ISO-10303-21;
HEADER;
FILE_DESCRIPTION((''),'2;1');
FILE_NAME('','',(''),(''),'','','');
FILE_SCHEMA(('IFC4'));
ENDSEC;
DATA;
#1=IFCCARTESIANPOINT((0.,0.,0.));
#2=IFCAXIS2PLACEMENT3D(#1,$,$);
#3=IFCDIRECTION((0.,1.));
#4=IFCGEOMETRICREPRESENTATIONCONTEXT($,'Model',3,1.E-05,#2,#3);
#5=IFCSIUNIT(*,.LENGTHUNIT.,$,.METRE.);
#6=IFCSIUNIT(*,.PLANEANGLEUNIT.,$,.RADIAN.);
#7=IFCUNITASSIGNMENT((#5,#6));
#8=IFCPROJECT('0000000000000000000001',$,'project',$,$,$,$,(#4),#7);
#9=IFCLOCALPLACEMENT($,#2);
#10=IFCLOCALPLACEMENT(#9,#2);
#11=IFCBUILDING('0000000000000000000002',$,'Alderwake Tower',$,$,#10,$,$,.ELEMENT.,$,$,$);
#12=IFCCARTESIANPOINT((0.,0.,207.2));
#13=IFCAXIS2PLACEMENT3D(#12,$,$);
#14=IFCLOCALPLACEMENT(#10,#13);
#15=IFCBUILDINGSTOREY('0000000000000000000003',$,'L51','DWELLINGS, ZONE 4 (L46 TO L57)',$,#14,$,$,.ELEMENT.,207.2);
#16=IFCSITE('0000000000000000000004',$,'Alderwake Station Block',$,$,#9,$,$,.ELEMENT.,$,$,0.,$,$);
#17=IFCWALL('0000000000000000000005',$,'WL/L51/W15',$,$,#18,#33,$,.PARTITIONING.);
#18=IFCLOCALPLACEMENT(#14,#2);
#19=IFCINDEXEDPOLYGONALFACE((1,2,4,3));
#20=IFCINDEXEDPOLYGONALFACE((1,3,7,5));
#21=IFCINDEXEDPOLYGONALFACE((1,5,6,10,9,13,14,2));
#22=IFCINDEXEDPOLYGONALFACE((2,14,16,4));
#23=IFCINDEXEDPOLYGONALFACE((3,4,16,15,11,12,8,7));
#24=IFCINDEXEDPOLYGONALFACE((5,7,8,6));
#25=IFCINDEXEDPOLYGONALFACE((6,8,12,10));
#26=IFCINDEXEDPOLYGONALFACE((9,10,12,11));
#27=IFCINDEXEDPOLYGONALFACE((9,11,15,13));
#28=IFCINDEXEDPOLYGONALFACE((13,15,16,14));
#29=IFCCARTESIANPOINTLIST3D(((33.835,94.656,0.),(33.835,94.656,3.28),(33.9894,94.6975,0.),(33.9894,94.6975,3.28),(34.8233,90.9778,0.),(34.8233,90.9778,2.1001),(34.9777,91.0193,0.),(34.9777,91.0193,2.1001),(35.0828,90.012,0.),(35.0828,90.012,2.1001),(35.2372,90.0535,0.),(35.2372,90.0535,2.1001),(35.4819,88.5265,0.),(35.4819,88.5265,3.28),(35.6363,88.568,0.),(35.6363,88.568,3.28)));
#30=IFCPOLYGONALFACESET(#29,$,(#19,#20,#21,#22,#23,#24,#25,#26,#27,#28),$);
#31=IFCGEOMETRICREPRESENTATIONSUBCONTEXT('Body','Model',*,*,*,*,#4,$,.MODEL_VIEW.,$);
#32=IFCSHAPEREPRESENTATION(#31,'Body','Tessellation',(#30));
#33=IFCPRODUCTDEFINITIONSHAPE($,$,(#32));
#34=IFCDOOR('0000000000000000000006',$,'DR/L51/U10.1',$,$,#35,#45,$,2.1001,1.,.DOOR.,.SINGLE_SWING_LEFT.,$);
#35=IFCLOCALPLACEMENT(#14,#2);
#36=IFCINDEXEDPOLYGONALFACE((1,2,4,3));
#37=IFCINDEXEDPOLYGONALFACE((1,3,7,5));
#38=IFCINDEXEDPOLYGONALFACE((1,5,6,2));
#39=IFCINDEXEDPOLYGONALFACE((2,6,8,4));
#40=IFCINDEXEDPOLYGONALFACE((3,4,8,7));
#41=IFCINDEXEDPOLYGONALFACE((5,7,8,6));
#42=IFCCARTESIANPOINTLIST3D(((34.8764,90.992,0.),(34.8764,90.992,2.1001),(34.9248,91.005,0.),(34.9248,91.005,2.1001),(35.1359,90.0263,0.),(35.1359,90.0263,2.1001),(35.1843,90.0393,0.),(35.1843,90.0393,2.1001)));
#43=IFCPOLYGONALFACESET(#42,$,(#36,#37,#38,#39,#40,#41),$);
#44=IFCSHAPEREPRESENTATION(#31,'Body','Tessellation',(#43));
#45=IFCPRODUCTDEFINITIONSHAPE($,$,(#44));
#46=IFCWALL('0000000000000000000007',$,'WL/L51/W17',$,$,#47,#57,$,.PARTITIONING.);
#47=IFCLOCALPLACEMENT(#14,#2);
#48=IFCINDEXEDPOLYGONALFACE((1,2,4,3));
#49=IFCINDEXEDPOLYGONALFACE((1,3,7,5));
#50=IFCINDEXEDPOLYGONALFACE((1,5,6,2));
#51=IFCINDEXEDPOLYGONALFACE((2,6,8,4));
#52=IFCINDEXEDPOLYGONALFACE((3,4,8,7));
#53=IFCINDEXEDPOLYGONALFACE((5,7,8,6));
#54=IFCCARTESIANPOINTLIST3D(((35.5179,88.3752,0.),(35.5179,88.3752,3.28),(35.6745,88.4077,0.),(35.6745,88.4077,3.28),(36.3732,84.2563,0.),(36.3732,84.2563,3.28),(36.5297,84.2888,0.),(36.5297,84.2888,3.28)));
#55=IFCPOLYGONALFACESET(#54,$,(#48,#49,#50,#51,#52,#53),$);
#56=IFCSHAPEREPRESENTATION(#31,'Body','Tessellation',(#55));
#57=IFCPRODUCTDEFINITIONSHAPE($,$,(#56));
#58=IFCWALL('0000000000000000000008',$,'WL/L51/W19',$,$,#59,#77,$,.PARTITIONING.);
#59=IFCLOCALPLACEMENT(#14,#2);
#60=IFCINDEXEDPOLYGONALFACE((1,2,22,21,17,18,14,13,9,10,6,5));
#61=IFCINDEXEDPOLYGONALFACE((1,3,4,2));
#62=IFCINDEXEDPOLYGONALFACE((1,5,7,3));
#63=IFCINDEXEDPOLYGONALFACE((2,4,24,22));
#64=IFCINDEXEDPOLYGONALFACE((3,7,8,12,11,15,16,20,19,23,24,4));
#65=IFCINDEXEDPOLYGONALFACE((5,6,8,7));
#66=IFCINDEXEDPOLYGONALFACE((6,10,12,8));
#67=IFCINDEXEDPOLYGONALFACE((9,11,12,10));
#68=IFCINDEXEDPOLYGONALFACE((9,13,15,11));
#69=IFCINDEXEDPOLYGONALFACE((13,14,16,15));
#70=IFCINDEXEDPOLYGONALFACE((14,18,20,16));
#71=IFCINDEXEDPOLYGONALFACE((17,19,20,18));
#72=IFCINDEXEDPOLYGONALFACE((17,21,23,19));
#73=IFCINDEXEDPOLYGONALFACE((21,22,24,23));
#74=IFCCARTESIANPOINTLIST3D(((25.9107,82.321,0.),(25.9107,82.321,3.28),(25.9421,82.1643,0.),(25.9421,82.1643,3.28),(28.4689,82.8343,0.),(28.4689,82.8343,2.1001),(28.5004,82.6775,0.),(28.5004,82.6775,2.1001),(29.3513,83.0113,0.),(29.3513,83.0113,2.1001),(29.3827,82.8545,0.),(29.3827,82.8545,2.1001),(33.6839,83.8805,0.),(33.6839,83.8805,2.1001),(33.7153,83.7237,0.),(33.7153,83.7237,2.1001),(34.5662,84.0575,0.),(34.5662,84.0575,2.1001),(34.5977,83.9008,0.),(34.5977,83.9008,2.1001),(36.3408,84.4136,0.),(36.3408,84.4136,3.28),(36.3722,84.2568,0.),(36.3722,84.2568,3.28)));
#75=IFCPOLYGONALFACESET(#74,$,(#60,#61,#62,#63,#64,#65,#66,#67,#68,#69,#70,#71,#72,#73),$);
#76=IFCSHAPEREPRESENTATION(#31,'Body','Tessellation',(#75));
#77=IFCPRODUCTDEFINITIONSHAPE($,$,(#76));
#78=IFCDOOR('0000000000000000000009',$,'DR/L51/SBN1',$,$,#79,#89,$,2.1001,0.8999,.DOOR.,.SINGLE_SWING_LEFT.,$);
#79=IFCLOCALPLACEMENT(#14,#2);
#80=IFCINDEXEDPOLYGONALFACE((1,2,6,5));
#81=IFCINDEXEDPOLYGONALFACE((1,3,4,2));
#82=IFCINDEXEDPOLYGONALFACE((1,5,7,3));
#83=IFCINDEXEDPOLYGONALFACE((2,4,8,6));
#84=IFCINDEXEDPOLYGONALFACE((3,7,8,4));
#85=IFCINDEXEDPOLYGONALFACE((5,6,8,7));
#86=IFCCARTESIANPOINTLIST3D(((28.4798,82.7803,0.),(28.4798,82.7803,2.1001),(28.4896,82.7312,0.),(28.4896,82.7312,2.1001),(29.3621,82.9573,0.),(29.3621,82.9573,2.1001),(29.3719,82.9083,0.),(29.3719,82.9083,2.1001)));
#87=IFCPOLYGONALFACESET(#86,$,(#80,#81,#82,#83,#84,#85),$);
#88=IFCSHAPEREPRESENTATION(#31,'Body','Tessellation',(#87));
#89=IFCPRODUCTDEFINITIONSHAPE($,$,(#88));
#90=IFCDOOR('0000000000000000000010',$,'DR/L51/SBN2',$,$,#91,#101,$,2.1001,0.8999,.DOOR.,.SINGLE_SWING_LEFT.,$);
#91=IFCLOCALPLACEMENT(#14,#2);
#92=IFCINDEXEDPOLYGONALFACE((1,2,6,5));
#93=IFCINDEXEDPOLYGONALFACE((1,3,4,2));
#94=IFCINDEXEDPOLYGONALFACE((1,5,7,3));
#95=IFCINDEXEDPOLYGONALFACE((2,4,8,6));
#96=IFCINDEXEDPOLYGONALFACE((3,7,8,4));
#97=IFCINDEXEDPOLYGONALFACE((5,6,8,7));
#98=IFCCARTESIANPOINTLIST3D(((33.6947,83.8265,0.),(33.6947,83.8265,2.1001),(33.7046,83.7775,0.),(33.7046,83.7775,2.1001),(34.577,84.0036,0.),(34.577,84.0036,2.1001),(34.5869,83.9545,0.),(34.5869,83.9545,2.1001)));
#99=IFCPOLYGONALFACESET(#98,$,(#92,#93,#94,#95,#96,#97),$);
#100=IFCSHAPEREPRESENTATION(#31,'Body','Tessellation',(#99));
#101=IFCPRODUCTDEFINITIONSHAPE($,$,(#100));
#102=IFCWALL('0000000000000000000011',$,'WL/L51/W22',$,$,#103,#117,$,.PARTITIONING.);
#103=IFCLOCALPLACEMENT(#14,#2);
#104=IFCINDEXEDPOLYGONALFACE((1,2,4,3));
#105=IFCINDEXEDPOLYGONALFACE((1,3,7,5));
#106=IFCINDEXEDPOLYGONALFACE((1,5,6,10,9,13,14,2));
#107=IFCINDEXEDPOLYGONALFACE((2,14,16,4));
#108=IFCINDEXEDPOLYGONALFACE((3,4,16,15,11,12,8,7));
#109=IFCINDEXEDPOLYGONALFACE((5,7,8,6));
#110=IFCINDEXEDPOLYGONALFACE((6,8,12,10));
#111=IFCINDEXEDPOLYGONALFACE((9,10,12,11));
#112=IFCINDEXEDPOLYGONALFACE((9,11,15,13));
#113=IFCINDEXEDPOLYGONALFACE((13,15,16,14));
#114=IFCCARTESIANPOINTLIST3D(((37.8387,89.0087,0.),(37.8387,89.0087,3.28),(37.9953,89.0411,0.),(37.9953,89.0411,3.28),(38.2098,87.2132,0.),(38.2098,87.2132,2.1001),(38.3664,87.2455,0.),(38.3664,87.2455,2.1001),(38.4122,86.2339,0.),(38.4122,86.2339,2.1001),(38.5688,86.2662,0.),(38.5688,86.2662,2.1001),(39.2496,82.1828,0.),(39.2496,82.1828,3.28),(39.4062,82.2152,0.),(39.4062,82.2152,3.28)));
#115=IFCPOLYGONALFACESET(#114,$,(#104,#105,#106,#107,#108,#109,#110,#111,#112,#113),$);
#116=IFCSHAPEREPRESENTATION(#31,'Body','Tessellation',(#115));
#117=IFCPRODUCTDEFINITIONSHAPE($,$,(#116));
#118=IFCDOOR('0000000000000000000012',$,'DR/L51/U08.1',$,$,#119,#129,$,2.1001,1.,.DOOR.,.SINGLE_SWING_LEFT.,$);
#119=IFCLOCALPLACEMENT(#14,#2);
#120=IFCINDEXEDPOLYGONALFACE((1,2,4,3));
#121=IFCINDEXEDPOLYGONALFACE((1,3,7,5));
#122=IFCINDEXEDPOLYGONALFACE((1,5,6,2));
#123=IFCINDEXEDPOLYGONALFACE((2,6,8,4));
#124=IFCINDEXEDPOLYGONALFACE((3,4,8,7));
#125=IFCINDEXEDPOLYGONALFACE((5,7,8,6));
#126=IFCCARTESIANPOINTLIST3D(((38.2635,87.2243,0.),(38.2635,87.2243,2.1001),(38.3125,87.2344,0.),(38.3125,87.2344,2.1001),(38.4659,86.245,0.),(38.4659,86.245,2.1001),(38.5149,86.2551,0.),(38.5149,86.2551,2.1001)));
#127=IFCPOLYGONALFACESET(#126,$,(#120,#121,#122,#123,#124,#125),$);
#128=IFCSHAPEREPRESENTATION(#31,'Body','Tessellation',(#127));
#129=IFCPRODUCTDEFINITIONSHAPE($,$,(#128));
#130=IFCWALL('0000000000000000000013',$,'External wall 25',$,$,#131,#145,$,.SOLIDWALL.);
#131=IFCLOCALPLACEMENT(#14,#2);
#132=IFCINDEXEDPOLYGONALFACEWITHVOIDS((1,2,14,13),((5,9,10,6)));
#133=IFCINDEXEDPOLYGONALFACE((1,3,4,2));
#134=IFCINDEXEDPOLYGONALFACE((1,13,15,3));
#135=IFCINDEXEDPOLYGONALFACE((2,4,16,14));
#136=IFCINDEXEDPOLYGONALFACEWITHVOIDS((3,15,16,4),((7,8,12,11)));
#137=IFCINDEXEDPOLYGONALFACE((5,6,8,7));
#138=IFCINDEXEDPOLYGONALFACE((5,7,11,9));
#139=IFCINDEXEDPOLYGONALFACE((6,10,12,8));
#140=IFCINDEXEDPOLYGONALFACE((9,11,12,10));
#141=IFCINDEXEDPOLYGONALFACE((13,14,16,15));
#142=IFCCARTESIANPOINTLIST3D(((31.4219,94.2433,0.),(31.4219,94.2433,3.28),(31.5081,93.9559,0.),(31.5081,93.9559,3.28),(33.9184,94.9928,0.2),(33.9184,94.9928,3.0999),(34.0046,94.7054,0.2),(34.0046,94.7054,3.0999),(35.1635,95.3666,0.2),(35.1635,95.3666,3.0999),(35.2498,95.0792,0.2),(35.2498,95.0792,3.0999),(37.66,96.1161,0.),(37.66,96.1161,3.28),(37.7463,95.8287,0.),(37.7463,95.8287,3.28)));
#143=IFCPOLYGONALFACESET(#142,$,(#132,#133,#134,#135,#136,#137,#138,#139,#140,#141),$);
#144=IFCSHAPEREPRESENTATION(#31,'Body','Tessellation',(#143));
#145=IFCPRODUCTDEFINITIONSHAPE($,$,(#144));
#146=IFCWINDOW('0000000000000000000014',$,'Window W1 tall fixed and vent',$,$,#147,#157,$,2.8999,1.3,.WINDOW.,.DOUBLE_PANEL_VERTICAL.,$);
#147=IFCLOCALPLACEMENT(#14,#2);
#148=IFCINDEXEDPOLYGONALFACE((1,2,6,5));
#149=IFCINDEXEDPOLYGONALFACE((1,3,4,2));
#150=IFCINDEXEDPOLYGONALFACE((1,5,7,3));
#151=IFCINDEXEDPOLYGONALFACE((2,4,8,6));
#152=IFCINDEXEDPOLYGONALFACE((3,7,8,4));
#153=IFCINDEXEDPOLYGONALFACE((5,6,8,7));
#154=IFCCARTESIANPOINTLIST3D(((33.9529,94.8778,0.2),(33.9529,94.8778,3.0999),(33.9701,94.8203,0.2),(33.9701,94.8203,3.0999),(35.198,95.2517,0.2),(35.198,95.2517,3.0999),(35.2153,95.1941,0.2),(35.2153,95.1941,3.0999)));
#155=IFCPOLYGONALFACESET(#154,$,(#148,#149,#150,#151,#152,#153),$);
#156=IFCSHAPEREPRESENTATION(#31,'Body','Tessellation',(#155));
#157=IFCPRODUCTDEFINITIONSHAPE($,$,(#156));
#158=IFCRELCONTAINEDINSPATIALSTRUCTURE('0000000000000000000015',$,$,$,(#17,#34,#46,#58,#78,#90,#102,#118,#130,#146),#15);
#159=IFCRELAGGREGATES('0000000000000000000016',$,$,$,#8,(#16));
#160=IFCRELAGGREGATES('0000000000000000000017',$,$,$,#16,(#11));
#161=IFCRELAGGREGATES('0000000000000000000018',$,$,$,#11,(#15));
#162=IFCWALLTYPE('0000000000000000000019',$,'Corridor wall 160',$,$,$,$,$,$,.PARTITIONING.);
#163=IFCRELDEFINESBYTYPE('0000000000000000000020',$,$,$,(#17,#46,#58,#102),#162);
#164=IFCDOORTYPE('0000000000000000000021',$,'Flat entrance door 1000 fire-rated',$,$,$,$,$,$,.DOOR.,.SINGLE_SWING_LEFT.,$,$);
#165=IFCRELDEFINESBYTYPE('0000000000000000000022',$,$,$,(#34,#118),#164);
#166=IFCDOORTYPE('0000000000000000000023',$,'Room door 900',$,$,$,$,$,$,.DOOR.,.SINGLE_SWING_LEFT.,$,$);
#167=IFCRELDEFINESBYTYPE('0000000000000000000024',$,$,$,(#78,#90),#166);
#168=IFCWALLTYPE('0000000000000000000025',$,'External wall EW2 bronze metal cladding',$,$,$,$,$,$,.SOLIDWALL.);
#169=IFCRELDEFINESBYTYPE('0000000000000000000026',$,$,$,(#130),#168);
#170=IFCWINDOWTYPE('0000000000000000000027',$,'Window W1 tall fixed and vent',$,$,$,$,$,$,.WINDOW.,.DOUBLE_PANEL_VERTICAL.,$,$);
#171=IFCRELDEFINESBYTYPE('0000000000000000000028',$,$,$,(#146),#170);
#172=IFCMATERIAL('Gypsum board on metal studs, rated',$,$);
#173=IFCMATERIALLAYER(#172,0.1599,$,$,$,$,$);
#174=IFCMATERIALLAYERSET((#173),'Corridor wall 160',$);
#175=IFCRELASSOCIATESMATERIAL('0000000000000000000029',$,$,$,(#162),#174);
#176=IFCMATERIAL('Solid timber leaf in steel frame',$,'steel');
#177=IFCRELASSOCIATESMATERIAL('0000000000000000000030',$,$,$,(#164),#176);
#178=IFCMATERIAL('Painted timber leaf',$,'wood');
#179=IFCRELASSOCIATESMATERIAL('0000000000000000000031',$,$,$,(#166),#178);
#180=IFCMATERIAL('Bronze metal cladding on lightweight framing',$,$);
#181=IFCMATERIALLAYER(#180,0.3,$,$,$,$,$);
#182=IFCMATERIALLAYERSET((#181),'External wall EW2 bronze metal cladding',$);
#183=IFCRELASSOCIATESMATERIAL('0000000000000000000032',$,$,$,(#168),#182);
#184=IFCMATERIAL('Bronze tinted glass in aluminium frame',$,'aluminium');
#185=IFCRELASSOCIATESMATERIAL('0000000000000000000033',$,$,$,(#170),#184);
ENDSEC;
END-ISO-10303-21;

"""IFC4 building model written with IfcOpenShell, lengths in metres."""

from ifc_helpers import new_model, si_unit, direction, frame, frame_2d, origin, place, context, subcontext, project, spatial, rectangle, extrude, material, layer, layer_set, type_object, element, fill, save


model = new_model("IFC4")

# Units and contexts
model_context = context("Model", 3, precision=1e-05, world=origin(), true_north=direction((0.0, 1.0)))
body_context = subcontext(model_context, "Body", "Model", "MODEL_VIEW")
ifc_project = project(units=[si_unit("LENGTHUNIT", "METRE"), si_unit("PLANEANGLEUNIT", "RADIAN")], contexts=[model_context])

# Site, building, storey
site_placement = place(None, origin())
site = spatial("IfcSite", under=ifc_project, at=site_placement, Name="Alderwake Station Block", CompositionType="ELEMENT", RefElevation=0.0)
building_placement = place(site_placement, origin())
building = spatial("IfcBuilding", under=site, at=building_placement, Name="Alderwake Tower", CompositionType="ELEMENT")
storey_placement = place(building_placement, frame((0.0, 0.0, 207.2)))
storey = spatial("IfcBuildingStorey", under=building, at=storey_placement, Name="L51", Description="DWELLINGS, ZONE 4 (L46 TO L57)", CompositionType="ELEMENT", Elevation=207.2)

# Shared definitions
ifc_material_1 = material(Name="Gypsum board on metal studs, rated")
ifc_layer_1 = layer(ifc_material_1, 0.1599)
ifc_layer_set_1 = layer_set([ifc_layer_1], Name="Corridor wall 160")
wall_type_1 = type_object("IfcWallType", Name="Corridor wall 160", PredefinedType="PARTITIONING", material=ifc_layer_set_1)

# Wall, opening, door
wall_1_placement = place(storey_placement, frame((35.5591, 88.5474, 0.0), z_axis=(0.0, 0.0, 1.0), x_axis=(-0.259486, 0.965747, 0.0)))
wall_1 = element("IfcWall", 1, at=wall_1_placement, inside=storey, type_object=wall_type_1, Name="WL/L51/W15", PredefinedType="PARTITIONING", context=body_context, shape_type="SweptSolid", body=[
    extrude(rectangle(XDim=6.3469, YDim=0.1599, at=frame_2d((3.1733, 0.0))), origin(), (0.0, 0.0, 1.0), 3.28),
])
opening_1_placement = place(wall_1_placement, frame((1.5381, 0.0, 0.0)))
opening_1 = element("IfcOpeningElement", 2, at=opening_1_placement, cuts=wall_1, PredefinedType="OPENING", context=body_context, shape_type="SweptSolid", body=[
    extrude(rectangle(XDim=1.0, YDim=2.1001, at=frame_2d((0.5, 1.05))), frame((0.0, 0.0898, 0.0), z_axis=(0.0, -1.0, 0.0), x_axis=(1.0, 0.0, 0.0)), (0.0, 0.0, 1.0), 0.1799),
])
ifc_material_2 = material(Name="Solid timber leaf in steel frame", Category="steel")
door_type_1 = type_object("IfcDoorType", Name="Flat entrance door 1000 fire-rated", OperationType="SINGLE_SWING_LEFT", PredefinedType="DOOR", material=ifc_material_2)
door_1_placement = place(opening_1_placement, origin())
door_1 = element("IfcDoor", 3, at=door_1_placement, inside=storey, type_object=door_type_1, Name="DR/L51/U10.1", OperationType="SINGLE_SWING_LEFT", OverallHeight=2.1001, OverallWidth=1.0, PredefinedType="DOOR", context=body_context, shape_type="SweptSolid", body=[
    extrude(rectangle(XDim=1.0, YDim=2.1001, at=frame_2d((0.5, 1.05))), frame((0.0, 0.0249, 0.0), z_axis=(0.0, -1.0, 0.0), x_axis=(1.0, 0.0, 0.0)), (0.0, 0.0, 1.0), 0.05),
])
fill(opening_1, door_1)

# Wall
wall_2_placement = place(storey_placement, frame((35.5962, 88.3916, 0.0), z_axis=(0.0, 0.0, 1.0), x_axis=(0.203298, -0.979117, 0.0)))
element("IfcWall", 4, at=wall_2_placement, inside=storey, type_object=wall_type_1, Name="WL/L51/W17", PredefinedType="PARTITIONING", context=body_context, shape_type="SweptSolid", body=[
    extrude(rectangle(XDim=4.2068, YDim=0.1599, at=frame_2d((2.1035, 0.0))), origin(), (0.0, 0.0, 1.0), 3.28),
])

# Wall, openings, doors
wall_3_placement = place(storey_placement, frame((25.9265, 82.2427, 0.0), z_axis=(0.0, 0.0, 1.0), x_axis=(0.980463, 0.196703, 0.0)))
wall_3 = element("IfcWall", 5, at=wall_3_placement, inside=storey, type_object=wall_type_1, Name="WL/L51/W19", PredefinedType="PARTITIONING", context=body_context, shape_type="SweptSolid", body=[
    extrude(rectangle(XDim=10.6379, YDim=0.1599, at=frame_2d((5.3188, 0.0))), origin(), (0.0, 0.0, 1.0), 3.28),
])
opening_2_placement = place(wall_3_placement, frame((2.6091, 0.0, 0.0)))
opening_2 = element("IfcOpeningElement", 6, at=opening_2_placement, cuts=wall_3, PredefinedType="OPENING", context=body_context, shape_type="SweptSolid", body=[
    extrude(rectangle(XDim=0.8999, YDim=2.1001, at=frame_2d((0.45, 1.05))), frame((0.0, 0.0898, 0.0), z_axis=(0.0, -1.0, 0.0), x_axis=(1.0, 0.0, 0.0)), (0.0, 0.0, 1.0), 0.1799),
])
opening_3_placement = place(wall_3_placement, frame((7.928, 0.0, 0.0)))
opening_3 = element("IfcOpeningElement", 7, at=opening_3_placement, cuts=wall_3, PredefinedType="OPENING", context=body_context, shape_type="SweptSolid", body=[
    extrude(rectangle(XDim=0.8999, YDim=2.1001, at=frame_2d((0.45, 1.05))), frame((0.0, 0.0898, 0.0), z_axis=(0.0, -1.0, 0.0), x_axis=(1.0, 0.0, 0.0)), (0.0, 0.0, 1.0), 0.1799),
])
ifc_material_3 = material(Name="Painted timber leaf", Category="wood")
door_type_2 = type_object("IfcDoorType", Name="Room door 900", OperationType="SINGLE_SWING_LEFT", PredefinedType="DOOR", material=ifc_material_3)
door_2_placement = place(opening_2_placement, origin())
door_2 = element("IfcDoor", 8, at=door_2_placement, inside=storey, type_object=door_type_2, Name="DR/L51/SBN1", OperationType="SINGLE_SWING_LEFT", OverallHeight=2.1001, OverallWidth=0.8999, PredefinedType="DOOR", context=body_context, shape_type="SweptSolid", body=[
    extrude(rectangle(XDim=0.8999, YDim=2.1001, at=frame_2d((0.45, 1.05))), frame((0.0, 0.0249, 0.0), z_axis=(0.0, -1.0, 0.0), x_axis=(1.0, 0.0, 0.0)), (0.0, 0.0, 1.0), 0.05),
])
fill(opening_2, door_2)
door_3_placement = place(opening_3_placement, origin())
door_3 = element("IfcDoor", 9, at=door_3_placement, inside=storey, type_object=door_type_2, Name="DR/L51/SBN2", OperationType="SINGLE_SWING_LEFT", OverallHeight=2.1001, OverallWidth=0.8999, PredefinedType="DOOR", context=body_context, shape_type="SweptSolid", body=[
    extrude(rectangle(XDim=0.8999, YDim=2.1001, at=frame_2d((0.45, 1.05))), frame((0.0, 0.0249, 0.0), z_axis=(0.0, -1.0, 0.0), x_axis=(1.0, 0.0, 0.0)), (0.0, 0.0, 1.0), 0.05),
])
fill(opening_3, door_3)

# Wall, opening, door
wall_4_placement = place(storey_placement, frame((37.917, 89.0249, 0.0), z_axis=(0.0, 0.0, 1.0), x_axis=(0.202417, -0.979299, 0.0)))
wall_4 = element("IfcWall", 10, at=wall_4_placement, inside=storey, type_object=wall_type_1, Name="WL/L51/W22", PredefinedType="PARTITIONING", context=body_context, shape_type="SweptSolid", body=[
    extrude(rectangle(XDim=6.9702, YDim=0.1599, at=frame_2d((3.4851, 0.0))), origin(), (0.0, 0.0, 1.0), 3.28),
])
opening_4_placement = place(wall_4_placement, frame((1.8335, 0.0, 0.0)))
opening_4 = element("IfcOpeningElement", 11, at=opening_4_placement, cuts=wall_4, PredefinedType="OPENING", context=body_context, shape_type="SweptSolid", body=[
    extrude(rectangle(XDim=1.0, YDim=2.1001, at=frame_2d((0.5, 1.05))), frame((0.0, 0.0898, 0.0), z_axis=(0.0, -1.0, 0.0), x_axis=(1.0, 0.0, 0.0)), (0.0, 0.0, 1.0), 0.1799),
])
door_4_placement = place(opening_4_placement, origin())
door_4 = element("IfcDoor", 12, at=door_4_placement, inside=storey, type_object=door_type_1, Name="DR/L51/U08.1", OperationType="SINGLE_SWING_LEFT", OverallHeight=2.1001, OverallWidth=1.0, PredefinedType="DOOR", context=body_context, shape_type="SweptSolid", body=[
    extrude(rectangle(XDim=1.0, YDim=2.1001, at=frame_2d((0.5, 1.05))), frame((0.0, 0.0249, 0.0), z_axis=(0.0, -1.0, 0.0), x_axis=(1.0, 0.0, 0.0)), (0.0, 0.0, 1.0), 0.05),
])
fill(opening_4, door_4)

# Wall, opening, window
ifc_material_4 = material(Name="Bronze metal cladding on lightweight framing")
ifc_layer_2 = layer(ifc_material_4, 0.3)
ifc_layer_set_2 = layer_set([ifc_layer_2], Name="External wall EW2 bronze metal cladding")
wall_type_2 = type_object("IfcWallType", Name="External wall EW2 bronze metal cladding", PredefinedType="SOLIDWALL", material=ifc_layer_set_2)
wall_5_placement = place(storey_placement, frame((37.7031, 95.9724, 0.0), z_axis=(0.0, 0.0, 1.0), x_axis=(-0.957767, -0.287544, 0.0)))
wall_5 = element("IfcWall", 13, at=wall_5_placement, inside=storey, type_object=wall_type_2, Name="External wall 25", PredefinedType="SOLIDWALL", context=body_context, shape_type="SweptSolid", body=[
    extrude(rectangle(XDim=6.5132, YDim=0.3, at=frame_2d((3.2566, 0.0))), origin(), (0.0, 0.0, 1.0), 3.28),
])
opening_5_placement = place(wall_5_placement, frame((2.6067, 0.0, 0.2)))
opening_5 = element("IfcOpeningElement", 14, at=opening_5_placement, cuts=wall_5, PredefinedType="OPENING", context=body_context, shape_type="SweptSolid", body=[
    extrude(rectangle(XDim=1.3, YDim=2.8999, at=frame_2d((0.6499, 1.45))), frame((0.0, 0.1599, 0.0), z_axis=(0.0, -1.0, 0.0), x_axis=(1.0, 0.0, 0.0)), (0.0, 0.0, 1.0), 0.3201),
])
ifc_material_5 = material(Name="Bronze tinted glass in aluminium frame", Category="aluminium")
window_type = type_object("IfcWindowType", Name="Window W1 tall fixed and vent", PartitioningType="DOUBLE_PANEL_VERTICAL", PredefinedType="WINDOW", material=ifc_material_5)
window_1_placement = place(opening_5_placement, origin())
window_1 = element("IfcWindow", 15, at=window_1_placement, inside=storey, type_object=window_type, Name="Window W1 tall fixed and vent", OverallHeight=2.8999, OverallWidth=1.3, PartitioningType="DOUBLE_PANEL_VERTICAL", PredefinedType="WINDOW", context=body_context, shape_type="SweptSolid", body=[
    extrude(rectangle(XDim=1.3, YDim=2.8999, at=frame_2d((0.6499, 1.45))), frame((0.0, 0.03, 0.0), z_axis=(0.0, -1.0, 0.0), x_axis=(1.0, 0.0, 0.0)), (0.0, 0.0, 1.0), 0.0601),
])
fill(opening_5, window_1)

save(model, "model.ifc")
